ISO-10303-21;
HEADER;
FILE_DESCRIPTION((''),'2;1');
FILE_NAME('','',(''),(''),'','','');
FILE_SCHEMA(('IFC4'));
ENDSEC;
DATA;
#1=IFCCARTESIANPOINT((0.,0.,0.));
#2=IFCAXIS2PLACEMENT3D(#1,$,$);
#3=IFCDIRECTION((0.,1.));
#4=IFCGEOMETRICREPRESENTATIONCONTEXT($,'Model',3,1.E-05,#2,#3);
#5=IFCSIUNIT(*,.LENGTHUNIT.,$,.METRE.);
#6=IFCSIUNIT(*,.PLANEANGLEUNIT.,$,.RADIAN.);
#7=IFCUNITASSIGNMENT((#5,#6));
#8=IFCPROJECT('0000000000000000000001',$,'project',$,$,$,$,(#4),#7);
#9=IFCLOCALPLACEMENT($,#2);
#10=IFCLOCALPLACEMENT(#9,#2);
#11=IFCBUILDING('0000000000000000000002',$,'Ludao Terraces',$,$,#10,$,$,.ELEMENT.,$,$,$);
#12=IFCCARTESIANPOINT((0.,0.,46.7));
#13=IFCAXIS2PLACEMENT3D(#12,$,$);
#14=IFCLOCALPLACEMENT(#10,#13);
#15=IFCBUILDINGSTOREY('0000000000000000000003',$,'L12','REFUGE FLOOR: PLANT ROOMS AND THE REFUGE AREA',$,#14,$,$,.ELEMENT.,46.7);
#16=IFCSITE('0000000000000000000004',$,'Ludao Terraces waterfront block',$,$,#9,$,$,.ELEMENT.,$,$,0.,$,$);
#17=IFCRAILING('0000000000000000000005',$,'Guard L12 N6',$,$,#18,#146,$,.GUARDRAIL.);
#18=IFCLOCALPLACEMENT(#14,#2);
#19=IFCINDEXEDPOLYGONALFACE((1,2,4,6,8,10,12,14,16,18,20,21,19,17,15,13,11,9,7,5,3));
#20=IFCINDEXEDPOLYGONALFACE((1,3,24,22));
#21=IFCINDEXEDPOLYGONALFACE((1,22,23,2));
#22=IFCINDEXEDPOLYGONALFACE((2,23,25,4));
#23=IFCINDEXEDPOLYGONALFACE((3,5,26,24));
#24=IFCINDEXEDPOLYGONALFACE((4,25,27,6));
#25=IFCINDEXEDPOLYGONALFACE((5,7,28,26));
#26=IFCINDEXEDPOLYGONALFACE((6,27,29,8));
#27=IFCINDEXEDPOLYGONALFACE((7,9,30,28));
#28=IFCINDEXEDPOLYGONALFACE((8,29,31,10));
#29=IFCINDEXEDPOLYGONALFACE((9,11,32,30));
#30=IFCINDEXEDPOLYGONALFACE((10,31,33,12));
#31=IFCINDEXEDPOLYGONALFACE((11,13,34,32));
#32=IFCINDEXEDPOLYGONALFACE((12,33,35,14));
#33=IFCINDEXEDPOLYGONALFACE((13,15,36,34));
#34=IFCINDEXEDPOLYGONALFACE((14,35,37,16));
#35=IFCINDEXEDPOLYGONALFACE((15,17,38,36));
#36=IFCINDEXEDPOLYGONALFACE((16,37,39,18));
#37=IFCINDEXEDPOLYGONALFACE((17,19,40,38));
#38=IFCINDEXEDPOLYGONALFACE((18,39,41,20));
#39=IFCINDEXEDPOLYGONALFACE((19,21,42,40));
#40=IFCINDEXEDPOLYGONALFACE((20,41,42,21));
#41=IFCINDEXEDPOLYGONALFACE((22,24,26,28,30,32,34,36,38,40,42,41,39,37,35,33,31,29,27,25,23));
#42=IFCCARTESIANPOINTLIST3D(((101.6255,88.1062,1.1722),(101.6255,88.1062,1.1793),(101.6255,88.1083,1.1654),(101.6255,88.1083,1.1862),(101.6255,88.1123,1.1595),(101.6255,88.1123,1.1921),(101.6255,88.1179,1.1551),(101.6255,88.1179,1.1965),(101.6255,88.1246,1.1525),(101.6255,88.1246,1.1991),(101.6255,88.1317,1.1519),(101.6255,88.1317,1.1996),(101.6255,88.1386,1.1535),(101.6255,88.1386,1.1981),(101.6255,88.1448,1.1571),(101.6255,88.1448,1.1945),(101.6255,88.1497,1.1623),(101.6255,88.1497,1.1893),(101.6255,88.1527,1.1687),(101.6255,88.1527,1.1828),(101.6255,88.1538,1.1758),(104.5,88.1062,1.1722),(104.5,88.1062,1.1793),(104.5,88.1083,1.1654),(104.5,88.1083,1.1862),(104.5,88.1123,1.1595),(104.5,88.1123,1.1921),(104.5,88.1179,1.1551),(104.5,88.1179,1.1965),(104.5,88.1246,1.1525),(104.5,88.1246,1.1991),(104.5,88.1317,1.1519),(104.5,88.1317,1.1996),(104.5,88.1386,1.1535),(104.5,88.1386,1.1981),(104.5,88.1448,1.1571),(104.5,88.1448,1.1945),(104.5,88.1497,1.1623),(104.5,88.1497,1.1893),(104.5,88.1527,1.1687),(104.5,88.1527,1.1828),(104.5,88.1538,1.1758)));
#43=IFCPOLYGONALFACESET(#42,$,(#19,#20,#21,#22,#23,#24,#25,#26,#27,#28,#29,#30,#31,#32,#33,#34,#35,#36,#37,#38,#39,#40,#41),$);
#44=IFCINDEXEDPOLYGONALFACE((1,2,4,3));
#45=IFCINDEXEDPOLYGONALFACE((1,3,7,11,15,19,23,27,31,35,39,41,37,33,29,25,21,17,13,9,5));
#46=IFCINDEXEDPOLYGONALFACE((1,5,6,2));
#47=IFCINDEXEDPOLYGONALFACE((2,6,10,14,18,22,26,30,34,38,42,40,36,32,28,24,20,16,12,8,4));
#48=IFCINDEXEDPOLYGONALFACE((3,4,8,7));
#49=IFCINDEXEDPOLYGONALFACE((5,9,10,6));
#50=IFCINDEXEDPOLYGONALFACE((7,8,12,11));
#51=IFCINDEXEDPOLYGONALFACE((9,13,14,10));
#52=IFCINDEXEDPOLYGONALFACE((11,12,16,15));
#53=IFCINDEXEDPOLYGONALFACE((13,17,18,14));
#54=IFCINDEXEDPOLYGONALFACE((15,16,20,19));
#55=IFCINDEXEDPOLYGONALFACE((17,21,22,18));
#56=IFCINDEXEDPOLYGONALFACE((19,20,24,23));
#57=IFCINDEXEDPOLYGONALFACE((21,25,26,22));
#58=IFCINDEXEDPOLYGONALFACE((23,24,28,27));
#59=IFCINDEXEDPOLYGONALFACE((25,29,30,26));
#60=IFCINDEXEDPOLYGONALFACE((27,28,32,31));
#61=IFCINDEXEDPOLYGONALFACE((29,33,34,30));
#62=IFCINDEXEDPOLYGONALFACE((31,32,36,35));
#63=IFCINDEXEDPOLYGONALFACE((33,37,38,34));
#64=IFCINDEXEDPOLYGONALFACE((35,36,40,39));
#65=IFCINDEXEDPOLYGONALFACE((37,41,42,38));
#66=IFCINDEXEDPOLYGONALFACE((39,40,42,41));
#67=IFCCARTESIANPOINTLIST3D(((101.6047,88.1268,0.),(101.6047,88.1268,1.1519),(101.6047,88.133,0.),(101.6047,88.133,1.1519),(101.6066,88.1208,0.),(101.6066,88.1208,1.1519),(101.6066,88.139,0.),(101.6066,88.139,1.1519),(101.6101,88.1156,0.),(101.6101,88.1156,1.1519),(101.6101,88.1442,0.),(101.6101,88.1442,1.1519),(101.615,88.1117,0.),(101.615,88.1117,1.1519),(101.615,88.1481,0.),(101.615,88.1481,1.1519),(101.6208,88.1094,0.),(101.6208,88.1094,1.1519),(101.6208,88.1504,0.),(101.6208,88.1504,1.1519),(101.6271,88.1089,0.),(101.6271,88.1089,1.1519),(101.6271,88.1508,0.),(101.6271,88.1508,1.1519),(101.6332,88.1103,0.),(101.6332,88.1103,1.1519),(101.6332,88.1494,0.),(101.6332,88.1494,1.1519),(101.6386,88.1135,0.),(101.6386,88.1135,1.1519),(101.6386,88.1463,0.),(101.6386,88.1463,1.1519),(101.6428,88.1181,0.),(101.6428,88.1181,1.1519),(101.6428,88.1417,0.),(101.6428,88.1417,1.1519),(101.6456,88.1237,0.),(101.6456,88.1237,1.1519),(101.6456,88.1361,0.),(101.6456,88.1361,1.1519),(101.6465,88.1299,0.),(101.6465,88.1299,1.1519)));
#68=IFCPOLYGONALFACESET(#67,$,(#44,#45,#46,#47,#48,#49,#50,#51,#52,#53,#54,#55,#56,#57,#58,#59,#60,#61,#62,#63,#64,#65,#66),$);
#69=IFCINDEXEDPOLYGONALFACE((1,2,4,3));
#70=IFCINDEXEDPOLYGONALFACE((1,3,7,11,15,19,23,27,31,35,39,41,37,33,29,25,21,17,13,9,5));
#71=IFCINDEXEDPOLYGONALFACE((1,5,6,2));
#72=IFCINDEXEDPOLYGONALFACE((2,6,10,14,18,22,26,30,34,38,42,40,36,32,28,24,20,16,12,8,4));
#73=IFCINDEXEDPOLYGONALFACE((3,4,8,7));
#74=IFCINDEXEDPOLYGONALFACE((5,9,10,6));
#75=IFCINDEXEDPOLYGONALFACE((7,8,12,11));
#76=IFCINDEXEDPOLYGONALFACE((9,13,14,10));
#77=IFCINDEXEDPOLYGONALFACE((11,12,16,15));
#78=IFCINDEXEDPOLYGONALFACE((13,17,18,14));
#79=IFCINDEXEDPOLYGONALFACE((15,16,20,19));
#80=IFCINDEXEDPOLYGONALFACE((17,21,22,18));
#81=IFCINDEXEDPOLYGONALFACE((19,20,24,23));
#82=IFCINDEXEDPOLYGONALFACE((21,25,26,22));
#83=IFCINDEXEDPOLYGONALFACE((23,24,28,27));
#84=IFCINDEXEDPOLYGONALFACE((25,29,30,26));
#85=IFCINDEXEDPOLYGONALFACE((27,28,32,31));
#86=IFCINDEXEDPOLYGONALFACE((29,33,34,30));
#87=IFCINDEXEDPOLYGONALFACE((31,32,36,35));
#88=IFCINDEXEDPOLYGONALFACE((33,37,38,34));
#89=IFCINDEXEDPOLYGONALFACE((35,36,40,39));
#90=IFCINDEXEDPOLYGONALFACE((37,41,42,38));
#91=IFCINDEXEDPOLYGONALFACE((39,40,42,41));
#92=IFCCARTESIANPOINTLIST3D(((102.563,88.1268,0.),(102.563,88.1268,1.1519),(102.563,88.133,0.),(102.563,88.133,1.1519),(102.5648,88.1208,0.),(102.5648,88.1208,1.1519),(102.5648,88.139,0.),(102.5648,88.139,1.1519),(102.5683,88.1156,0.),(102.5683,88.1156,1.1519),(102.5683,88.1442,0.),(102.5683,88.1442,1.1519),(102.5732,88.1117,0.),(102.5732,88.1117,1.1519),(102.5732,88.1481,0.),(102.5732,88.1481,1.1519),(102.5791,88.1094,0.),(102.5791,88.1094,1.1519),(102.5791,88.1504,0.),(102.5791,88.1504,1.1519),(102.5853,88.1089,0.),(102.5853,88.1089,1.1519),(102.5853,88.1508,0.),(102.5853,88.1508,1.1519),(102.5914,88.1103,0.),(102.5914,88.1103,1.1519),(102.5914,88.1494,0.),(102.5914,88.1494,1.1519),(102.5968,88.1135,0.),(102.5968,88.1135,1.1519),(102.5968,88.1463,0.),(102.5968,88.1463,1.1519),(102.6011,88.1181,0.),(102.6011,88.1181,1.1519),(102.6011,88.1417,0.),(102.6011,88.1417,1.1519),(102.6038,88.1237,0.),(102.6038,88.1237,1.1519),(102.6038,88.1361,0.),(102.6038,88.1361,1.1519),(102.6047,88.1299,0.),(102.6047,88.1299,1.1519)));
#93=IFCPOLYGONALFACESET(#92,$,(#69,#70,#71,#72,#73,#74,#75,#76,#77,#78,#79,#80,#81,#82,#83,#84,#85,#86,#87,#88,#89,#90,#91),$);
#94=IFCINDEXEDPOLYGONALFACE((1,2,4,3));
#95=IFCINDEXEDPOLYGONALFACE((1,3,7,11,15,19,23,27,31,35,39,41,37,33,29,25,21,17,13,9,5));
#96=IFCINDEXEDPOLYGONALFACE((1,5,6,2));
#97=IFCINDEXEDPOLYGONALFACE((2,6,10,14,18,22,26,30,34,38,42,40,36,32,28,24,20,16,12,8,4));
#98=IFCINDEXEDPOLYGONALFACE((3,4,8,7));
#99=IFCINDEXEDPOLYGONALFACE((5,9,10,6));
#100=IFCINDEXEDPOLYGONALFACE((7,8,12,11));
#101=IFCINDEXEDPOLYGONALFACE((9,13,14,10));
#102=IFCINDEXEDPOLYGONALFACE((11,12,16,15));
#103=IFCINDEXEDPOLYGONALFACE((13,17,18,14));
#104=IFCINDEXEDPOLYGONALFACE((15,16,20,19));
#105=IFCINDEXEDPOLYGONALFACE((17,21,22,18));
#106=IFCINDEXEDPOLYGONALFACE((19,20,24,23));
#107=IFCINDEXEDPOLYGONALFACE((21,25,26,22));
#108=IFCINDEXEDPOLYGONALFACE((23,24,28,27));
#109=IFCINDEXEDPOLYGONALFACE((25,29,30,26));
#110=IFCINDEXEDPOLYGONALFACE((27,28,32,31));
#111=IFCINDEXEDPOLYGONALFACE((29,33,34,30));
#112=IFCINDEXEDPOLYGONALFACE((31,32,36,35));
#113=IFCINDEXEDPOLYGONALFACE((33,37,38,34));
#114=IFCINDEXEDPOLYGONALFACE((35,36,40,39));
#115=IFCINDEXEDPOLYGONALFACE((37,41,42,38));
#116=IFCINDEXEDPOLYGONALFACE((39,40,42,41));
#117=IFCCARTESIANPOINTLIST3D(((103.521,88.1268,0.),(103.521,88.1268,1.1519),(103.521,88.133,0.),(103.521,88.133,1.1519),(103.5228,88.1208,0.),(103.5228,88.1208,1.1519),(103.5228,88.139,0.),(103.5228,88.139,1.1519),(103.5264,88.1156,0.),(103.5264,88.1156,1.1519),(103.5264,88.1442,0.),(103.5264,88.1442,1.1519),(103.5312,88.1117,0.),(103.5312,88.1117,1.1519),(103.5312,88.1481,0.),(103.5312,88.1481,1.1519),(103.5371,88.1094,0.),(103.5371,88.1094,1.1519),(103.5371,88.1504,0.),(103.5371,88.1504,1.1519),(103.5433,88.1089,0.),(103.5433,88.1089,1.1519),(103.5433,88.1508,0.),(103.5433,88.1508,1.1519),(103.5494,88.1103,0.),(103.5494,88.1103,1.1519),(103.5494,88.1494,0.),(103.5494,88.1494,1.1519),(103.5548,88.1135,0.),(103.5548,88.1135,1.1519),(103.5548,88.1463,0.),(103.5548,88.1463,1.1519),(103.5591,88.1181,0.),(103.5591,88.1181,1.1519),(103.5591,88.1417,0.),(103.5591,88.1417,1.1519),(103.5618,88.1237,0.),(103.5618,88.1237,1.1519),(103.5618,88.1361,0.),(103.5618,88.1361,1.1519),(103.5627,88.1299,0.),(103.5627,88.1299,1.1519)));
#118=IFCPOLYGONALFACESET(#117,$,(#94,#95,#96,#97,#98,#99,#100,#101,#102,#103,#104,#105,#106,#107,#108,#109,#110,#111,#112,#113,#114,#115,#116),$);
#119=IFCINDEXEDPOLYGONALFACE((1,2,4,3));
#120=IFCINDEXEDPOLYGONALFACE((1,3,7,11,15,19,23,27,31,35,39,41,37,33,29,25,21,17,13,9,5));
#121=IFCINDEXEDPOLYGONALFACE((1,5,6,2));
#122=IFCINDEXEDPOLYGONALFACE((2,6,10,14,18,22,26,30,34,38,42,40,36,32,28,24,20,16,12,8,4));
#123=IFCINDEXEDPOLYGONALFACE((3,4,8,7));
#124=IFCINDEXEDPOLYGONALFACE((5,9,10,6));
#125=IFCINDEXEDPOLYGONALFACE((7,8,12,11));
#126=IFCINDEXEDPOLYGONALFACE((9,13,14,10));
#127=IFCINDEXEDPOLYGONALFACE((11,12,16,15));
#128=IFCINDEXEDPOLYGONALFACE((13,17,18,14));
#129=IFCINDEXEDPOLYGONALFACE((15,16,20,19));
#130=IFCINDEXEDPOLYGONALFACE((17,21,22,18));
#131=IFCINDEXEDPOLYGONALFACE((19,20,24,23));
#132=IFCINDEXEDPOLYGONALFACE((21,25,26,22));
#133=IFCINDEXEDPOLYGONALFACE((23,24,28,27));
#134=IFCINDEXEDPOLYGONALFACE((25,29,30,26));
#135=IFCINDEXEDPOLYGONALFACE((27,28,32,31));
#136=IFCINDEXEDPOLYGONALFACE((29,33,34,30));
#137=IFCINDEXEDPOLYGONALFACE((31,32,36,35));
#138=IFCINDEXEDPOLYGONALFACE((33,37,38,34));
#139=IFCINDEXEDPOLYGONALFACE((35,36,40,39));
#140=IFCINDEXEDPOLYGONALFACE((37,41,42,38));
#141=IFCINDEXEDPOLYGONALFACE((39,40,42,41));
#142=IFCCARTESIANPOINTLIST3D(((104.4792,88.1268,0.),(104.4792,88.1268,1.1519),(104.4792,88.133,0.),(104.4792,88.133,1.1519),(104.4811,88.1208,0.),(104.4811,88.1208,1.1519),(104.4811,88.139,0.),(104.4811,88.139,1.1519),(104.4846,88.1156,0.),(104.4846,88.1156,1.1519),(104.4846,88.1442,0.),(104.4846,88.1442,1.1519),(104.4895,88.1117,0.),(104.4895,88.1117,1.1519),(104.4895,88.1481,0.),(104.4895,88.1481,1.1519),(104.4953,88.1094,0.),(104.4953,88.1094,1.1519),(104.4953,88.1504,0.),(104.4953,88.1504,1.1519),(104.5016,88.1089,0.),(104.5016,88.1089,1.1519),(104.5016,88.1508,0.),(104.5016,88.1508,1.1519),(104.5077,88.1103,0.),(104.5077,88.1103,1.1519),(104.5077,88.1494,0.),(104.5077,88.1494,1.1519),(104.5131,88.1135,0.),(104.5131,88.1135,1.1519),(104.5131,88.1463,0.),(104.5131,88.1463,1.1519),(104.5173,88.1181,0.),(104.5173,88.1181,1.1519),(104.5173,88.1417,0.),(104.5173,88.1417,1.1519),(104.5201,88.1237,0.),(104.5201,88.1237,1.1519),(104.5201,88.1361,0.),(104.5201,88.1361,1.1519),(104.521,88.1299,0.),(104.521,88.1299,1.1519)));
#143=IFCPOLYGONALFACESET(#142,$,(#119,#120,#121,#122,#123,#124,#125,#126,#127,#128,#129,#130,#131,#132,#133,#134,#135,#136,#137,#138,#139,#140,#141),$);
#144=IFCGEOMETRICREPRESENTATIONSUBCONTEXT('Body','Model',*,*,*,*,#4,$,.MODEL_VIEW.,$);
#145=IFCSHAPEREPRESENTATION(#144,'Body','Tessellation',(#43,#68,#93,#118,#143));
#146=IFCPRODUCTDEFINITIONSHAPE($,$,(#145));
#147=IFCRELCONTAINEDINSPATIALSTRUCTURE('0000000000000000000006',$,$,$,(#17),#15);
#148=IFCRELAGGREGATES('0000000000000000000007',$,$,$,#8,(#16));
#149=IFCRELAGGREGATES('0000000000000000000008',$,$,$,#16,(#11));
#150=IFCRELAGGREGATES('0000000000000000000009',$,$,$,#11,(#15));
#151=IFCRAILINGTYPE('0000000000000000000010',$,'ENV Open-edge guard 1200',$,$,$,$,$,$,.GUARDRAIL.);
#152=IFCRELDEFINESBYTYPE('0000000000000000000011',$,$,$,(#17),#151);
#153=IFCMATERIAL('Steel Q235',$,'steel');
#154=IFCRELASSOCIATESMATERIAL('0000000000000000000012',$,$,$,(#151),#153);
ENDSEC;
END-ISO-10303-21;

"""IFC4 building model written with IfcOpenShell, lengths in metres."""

from ifc_helpers import new_model, si_unit, direction, frame, origin, origin_2d, place, context, subcontext, project, spatial, circle, extrude, material, type_object, element, save


model = new_model("IFC4")

# Units and contexts
model_context = context("Model", 3, precision=1e-05, world=origin(), true_north=direction((0.0, 1.0)))
body_context = subcontext(model_context, "Body", "Model", "MODEL_VIEW")
ifc_project = project(units=[si_unit("LENGTHUNIT", "METRE"), si_unit("PLANEANGLEUNIT", "RADIAN")], contexts=[model_context])

# Site, building, storey
site_placement = place(None, origin())
site = spatial("IfcSite", under=ifc_project, at=site_placement, Name="Ludao Terraces waterfront block", CompositionType="ELEMENT", RefElevation=0.0)
building_placement = place(site_placement, origin())
building = spatial("IfcBuilding", under=site, at=building_placement, Name="Ludao Terraces", CompositionType="ELEMENT")
storey_placement = place(building_placement, frame((0.0, 0.0, 46.7)))
storey = spatial("IfcBuildingStorey", under=building, at=storey_placement, Name="L12", Description="REFUGE FLOOR: PLANT ROOMS AND THE REFUGE AREA", CompositionType="ELEMENT", Elevation=46.7)

# Shared definitions
ifc_material_1 = material(Name="Steel Q235", Category="steel")

# Railing
railing_type = type_object("IfcRailingType", Name="ENV Open-edge guard 1200", PredefinedType="GUARDRAIL", material=ifc_material_1)
railing_1_placement = place(storey_placement, frame((101.6255, 88.1299, 0.0)))
element("IfcRailing", 1, at=railing_1_placement, inside=storey, type_object=railing_type, Name="Guard L12 N6", PredefinedType="GUARDRAIL", context=body_context, shape_type="SweptSolid", body=[
    extrude(circle(Radius=0.0239, at=origin_2d()), frame((0.0, 0.0, 1.1758), z_axis=(1.0, 0.0, 0.0), x_axis=(0.0, 1.0, 0.0)), (0.0, 0.0, 1.0), 2.8745),
    extrude(circle(Radius=0.021, at=origin_2d()), origin(), (0.0, 0.0, 1.0), 1.1519),
    extrude(circle(Radius=0.021, at=origin_2d()), frame((0.9583, 0.0, 0.0)), (0.0, 0.0, 1.0), 1.1519),
    extrude(circle(Radius=0.021, at=origin_2d()), frame((1.9163, 0.0, 0.0)), (0.0, 0.0, 1.0), 1.1519),
    extrude(circle(Radius=0.021, at=origin_2d()), frame((2.8745, 0.0, 0.0)), (0.0, 0.0, 1.0), 1.1519),
])

save(model, "model.ifc")
